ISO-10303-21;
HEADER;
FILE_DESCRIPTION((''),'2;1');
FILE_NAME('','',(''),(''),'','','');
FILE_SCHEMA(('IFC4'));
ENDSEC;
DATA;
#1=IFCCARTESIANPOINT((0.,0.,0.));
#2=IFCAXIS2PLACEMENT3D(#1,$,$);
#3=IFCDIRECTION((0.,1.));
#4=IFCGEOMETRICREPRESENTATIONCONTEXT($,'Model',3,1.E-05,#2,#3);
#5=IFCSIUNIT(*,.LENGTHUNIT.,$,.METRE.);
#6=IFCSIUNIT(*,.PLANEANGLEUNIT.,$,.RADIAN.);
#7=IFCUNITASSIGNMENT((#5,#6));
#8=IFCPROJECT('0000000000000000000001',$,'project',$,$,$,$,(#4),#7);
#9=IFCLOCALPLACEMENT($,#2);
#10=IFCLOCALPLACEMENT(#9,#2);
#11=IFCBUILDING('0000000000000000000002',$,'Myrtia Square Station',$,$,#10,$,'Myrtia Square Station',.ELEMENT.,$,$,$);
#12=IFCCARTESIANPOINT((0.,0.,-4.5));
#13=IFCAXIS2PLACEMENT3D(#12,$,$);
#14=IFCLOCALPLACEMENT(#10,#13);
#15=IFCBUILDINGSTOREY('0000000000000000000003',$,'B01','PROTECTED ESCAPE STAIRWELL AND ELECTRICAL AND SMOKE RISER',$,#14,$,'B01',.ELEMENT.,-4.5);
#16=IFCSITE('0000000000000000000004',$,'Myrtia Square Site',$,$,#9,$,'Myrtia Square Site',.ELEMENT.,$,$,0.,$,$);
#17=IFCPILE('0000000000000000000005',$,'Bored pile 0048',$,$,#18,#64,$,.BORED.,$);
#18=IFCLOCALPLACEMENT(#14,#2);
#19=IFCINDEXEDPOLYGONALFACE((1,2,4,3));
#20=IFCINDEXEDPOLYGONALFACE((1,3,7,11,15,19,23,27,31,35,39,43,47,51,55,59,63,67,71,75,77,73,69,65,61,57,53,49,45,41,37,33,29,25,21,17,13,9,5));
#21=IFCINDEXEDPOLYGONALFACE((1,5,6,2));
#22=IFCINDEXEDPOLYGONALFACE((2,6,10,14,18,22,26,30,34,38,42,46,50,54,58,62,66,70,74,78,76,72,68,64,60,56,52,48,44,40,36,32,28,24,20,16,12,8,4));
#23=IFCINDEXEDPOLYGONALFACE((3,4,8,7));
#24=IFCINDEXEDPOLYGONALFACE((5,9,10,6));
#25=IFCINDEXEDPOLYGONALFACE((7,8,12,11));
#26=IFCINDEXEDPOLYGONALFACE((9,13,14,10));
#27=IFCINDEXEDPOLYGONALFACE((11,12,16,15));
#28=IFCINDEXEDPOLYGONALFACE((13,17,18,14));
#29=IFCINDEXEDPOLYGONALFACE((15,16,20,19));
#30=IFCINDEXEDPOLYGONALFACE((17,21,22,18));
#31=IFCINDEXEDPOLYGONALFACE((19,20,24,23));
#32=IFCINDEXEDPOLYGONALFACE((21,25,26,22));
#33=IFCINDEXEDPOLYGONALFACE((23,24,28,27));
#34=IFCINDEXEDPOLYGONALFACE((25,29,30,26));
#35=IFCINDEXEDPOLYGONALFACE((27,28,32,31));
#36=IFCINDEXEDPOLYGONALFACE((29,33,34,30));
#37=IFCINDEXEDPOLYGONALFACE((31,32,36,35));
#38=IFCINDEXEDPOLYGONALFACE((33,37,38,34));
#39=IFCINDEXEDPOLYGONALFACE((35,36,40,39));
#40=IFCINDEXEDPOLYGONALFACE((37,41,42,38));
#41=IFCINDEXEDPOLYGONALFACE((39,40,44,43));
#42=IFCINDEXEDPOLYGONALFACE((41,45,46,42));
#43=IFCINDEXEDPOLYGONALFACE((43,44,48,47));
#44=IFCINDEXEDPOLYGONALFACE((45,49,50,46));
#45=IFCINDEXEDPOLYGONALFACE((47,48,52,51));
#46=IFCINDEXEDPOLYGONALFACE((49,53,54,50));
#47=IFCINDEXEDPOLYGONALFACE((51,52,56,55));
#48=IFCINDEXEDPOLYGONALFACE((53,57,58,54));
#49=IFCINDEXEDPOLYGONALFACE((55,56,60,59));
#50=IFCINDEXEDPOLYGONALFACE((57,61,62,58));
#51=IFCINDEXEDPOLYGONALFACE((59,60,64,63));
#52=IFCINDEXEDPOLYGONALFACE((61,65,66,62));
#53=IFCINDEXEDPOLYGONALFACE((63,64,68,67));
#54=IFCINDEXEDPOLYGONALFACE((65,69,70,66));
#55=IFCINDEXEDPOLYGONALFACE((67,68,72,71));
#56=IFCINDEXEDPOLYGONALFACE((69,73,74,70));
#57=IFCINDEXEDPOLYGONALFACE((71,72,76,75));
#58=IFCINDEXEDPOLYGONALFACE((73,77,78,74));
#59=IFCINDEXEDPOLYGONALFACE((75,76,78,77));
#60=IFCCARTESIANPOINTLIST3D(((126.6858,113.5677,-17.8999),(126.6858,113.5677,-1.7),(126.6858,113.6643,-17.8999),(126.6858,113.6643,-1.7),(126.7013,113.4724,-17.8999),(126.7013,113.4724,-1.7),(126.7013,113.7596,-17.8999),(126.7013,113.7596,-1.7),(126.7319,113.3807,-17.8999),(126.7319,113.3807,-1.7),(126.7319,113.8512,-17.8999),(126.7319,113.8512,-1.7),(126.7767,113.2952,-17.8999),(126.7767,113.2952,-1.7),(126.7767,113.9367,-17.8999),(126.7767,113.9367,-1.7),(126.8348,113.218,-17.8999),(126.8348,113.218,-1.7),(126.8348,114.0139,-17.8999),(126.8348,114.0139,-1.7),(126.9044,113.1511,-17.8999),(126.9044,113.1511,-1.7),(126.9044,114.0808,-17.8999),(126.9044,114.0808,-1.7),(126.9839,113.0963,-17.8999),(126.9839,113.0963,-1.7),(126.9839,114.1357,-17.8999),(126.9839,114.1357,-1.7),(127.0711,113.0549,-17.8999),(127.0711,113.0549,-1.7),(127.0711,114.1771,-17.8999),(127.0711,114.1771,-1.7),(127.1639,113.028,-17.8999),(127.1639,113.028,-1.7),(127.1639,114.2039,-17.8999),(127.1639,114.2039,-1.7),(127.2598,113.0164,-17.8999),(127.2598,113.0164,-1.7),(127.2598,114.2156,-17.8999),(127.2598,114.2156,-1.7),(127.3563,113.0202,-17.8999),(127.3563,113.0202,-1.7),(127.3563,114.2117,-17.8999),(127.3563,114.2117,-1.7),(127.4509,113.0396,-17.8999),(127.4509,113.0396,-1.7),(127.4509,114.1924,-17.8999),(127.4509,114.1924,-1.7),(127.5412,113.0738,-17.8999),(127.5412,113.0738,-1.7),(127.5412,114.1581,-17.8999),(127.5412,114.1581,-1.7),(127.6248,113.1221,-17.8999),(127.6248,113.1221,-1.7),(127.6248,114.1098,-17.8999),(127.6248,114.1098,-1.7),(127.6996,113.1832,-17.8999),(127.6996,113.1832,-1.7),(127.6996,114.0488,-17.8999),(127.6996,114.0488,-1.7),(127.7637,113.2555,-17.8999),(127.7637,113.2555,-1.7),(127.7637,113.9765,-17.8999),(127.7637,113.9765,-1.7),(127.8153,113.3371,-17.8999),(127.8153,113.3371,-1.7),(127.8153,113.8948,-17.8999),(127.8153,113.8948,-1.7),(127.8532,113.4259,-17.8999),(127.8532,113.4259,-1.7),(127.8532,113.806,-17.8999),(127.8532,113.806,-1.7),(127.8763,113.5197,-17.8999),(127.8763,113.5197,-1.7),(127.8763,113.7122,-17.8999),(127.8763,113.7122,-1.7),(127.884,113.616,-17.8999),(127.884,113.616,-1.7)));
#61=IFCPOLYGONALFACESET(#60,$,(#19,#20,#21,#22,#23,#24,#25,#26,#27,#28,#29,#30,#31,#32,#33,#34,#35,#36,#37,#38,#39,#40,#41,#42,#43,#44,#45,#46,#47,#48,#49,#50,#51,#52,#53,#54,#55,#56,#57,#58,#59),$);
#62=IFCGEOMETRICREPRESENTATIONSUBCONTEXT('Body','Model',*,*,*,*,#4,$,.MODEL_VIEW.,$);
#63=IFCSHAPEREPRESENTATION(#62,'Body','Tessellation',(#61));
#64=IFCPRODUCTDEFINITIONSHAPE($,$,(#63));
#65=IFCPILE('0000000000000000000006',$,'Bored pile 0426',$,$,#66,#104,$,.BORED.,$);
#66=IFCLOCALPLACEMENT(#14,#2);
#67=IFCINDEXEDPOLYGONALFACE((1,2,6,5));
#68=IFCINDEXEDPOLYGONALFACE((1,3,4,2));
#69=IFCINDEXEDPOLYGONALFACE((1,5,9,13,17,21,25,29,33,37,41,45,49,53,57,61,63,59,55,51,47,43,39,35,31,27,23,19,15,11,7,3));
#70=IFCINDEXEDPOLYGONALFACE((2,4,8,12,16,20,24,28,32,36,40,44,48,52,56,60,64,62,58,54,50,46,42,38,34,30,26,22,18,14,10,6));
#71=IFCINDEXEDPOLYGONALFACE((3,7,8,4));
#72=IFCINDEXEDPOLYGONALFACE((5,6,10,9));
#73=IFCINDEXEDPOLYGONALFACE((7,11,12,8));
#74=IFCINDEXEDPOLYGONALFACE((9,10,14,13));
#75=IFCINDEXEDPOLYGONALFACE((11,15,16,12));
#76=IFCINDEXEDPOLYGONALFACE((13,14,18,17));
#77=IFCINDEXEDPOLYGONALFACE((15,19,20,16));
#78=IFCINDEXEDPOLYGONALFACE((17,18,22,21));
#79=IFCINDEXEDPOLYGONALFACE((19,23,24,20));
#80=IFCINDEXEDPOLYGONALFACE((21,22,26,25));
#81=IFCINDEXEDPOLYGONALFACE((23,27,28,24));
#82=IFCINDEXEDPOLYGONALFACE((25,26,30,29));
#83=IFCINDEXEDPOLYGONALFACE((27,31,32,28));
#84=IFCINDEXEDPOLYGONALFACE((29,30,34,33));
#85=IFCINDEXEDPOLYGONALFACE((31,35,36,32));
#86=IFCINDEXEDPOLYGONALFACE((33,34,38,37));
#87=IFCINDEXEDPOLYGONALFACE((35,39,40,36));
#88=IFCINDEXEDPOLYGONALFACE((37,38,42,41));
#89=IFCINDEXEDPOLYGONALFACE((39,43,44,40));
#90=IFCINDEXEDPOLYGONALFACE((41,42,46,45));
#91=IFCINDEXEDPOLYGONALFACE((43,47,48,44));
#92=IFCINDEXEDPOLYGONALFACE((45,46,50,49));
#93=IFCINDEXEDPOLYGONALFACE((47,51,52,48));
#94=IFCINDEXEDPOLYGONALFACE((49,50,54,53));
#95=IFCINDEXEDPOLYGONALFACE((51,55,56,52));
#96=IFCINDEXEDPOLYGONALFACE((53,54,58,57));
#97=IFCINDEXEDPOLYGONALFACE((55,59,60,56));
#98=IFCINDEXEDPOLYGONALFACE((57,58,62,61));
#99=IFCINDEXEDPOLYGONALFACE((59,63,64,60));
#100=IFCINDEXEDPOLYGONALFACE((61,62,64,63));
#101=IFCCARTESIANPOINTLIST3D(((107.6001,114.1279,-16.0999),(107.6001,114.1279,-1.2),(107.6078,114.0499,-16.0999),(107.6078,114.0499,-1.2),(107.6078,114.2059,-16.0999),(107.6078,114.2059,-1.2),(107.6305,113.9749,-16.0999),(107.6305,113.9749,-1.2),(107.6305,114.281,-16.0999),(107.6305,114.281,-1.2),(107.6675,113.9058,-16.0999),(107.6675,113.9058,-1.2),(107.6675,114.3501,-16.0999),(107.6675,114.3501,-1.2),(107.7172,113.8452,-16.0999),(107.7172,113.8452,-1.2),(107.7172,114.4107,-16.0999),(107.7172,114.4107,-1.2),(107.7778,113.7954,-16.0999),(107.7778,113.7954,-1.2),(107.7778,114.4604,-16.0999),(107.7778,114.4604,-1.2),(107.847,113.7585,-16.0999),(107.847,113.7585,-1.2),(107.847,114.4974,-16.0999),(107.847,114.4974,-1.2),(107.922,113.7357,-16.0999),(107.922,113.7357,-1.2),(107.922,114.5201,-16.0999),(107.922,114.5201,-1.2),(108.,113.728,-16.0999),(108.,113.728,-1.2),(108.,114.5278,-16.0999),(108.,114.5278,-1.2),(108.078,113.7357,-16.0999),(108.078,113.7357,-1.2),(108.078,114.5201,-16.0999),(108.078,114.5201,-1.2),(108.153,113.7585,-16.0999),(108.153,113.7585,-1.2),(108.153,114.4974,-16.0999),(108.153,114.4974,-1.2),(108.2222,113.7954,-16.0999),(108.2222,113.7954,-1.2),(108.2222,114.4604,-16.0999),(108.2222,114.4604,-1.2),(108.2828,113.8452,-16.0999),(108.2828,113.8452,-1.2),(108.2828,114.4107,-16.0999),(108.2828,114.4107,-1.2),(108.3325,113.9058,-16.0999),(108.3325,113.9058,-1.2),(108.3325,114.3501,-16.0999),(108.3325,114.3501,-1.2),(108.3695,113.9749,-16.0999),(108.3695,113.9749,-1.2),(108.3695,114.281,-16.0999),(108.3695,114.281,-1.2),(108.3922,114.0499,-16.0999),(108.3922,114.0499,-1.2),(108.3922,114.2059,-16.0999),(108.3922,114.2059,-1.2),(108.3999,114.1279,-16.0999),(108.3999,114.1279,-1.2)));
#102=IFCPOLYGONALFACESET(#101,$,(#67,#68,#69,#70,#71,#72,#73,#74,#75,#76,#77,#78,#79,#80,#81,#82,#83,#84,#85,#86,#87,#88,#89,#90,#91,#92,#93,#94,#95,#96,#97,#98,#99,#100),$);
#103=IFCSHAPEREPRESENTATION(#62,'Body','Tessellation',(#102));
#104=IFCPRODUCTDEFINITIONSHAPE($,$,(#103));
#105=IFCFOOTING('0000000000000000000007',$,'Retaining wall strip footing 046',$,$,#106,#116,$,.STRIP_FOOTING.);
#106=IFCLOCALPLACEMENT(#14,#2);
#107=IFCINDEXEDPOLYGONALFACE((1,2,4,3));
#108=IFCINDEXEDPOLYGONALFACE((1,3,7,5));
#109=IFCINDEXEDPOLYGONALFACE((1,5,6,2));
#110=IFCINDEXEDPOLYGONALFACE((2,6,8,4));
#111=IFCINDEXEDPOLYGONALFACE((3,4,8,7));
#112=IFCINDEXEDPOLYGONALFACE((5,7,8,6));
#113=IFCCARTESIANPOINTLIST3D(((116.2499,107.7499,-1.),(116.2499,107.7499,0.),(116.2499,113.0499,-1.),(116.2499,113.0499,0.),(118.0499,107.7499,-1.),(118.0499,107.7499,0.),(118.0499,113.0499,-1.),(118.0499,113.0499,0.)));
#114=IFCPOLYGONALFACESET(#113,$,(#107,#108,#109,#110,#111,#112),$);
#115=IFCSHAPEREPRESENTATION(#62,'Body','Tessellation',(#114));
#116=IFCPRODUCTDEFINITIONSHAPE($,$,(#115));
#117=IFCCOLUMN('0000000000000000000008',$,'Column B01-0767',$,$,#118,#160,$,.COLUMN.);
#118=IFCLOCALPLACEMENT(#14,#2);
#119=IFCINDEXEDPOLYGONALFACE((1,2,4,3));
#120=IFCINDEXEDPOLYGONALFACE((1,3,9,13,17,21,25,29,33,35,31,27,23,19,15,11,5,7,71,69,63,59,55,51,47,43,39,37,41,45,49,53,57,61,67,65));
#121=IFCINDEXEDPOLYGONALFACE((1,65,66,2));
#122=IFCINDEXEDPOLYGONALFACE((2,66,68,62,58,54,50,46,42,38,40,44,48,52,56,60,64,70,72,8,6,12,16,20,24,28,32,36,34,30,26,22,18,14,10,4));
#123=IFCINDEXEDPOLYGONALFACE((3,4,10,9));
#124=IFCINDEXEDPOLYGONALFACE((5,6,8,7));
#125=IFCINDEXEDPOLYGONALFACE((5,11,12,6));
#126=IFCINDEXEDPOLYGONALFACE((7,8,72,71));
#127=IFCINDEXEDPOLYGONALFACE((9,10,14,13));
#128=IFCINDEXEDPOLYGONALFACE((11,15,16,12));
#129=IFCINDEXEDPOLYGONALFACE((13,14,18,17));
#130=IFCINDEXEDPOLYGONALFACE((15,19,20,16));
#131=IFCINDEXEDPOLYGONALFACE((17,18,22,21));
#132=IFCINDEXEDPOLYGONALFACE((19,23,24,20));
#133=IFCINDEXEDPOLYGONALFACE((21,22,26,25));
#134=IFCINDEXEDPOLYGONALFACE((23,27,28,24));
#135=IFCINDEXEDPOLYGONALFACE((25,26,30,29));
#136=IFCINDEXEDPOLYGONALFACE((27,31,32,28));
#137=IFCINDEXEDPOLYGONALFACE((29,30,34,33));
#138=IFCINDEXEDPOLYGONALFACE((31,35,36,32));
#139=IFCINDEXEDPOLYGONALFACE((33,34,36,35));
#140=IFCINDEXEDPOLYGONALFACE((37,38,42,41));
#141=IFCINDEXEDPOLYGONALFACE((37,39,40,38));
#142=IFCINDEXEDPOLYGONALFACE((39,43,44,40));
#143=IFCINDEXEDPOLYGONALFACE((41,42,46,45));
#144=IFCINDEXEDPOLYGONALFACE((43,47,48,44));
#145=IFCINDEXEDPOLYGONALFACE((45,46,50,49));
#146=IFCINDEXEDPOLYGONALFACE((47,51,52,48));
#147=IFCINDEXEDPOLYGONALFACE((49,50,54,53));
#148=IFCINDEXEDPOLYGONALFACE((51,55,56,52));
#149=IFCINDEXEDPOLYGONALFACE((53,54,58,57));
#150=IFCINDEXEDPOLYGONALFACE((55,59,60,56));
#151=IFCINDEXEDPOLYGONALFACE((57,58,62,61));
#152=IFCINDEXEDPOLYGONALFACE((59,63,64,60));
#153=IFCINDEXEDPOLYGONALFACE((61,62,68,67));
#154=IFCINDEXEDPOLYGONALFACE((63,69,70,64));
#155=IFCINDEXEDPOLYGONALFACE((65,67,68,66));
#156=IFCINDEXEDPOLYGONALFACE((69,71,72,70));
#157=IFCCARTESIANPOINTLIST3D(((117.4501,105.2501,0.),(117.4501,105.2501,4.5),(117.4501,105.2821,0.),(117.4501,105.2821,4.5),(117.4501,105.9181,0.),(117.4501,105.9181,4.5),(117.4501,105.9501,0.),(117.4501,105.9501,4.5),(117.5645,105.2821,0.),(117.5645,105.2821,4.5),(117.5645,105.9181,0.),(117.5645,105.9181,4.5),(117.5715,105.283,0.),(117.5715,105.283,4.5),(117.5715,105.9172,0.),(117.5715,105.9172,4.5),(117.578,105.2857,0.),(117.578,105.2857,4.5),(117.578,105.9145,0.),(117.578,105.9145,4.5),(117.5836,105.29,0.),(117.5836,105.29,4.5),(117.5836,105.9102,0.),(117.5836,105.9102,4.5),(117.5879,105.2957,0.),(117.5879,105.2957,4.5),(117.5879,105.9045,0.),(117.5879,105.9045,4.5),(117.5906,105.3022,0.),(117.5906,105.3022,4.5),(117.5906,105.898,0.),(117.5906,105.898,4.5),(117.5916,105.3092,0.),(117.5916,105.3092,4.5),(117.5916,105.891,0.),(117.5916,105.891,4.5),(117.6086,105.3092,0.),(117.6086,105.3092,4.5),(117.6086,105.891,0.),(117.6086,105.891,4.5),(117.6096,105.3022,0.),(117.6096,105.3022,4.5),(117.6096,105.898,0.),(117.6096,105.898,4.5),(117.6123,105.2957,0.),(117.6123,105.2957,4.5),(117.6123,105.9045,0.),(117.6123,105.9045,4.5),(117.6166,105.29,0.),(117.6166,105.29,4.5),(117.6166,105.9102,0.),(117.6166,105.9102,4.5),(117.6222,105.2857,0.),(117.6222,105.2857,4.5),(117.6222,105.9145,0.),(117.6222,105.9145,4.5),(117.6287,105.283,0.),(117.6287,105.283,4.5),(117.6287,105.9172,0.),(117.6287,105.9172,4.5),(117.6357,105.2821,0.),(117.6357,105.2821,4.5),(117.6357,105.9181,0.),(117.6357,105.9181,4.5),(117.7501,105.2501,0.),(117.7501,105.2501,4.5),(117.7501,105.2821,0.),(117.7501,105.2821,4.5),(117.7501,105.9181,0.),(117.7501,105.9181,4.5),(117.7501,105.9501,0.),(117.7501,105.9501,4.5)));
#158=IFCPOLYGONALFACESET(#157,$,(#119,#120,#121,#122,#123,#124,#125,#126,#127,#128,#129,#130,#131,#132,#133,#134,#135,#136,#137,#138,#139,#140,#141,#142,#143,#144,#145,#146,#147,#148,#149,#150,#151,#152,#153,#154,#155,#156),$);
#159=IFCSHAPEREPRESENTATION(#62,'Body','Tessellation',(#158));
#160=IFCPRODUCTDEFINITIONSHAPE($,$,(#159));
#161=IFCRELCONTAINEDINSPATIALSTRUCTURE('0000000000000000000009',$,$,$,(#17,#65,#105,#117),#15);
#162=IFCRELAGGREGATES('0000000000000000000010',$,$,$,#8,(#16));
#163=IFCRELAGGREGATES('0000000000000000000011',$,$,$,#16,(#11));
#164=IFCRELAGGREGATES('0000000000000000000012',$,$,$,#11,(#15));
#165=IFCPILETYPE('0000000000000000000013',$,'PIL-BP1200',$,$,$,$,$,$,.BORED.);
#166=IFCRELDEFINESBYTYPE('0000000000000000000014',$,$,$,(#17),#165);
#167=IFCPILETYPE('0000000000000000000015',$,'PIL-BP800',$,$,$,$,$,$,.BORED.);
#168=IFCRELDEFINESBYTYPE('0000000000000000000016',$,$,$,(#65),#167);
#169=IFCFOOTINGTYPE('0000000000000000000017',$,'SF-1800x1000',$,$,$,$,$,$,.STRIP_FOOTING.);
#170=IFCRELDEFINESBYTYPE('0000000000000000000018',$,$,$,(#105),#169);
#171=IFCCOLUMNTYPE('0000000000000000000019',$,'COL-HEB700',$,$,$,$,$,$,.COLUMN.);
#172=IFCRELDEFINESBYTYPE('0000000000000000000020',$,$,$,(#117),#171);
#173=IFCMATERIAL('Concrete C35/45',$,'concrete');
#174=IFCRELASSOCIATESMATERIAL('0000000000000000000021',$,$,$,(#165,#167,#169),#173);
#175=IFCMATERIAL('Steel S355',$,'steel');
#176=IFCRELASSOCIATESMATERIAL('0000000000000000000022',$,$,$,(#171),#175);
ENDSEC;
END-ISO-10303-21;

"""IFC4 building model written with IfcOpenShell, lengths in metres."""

from ifc_helpers import new_model, si_unit, direction, frame, origin, origin_2d, place, context, subcontext, project, spatial, rectangle, circle, i_section, extrude, material, material_profile, profile_set, type_object, element, save


model = new_model("IFC4")

# Units and contexts
model_context = context("Model", 3, precision=1e-05, world=origin(), true_north=direction((0.0, 1.0)))
body_context = subcontext(model_context, "Body", "Model", "MODEL_VIEW")
ifc_project = project(units=[si_unit("LENGTHUNIT", "METRE"), si_unit("PLANEANGLEUNIT", "RADIAN")], contexts=[model_context])

# Site, building, storey
site_placement = place(None, origin())
site = spatial("IfcSite", under=ifc_project, at=site_placement, Name="Myrtia Square Site", LongName="Myrtia Square Site", CompositionType="ELEMENT", RefElevation=0.0)
building_placement = place(site_placement, origin())
building = spatial("IfcBuilding", under=site, at=building_placement, Name="Myrtia Square Station", LongName="Myrtia Square Station", CompositionType="ELEMENT")
storey_placement = place(building_placement, frame((0.0, 0.0, -4.5)))
storey = spatial("IfcBuildingStorey", under=building, at=storey_placement, Name="B01", Description="PROTECTED ESCAPE STAIRWELL AND ELECTRICAL AND SMOKE RISER", LongName="B01", CompositionType="ELEMENT", Elevation=-4.5)

# Shared definitions
ifc_material_1 = material(Name="Concrete C35/45", Category="concrete")

# Piles
ifc_material_profile_1 = material_profile(ifc_material_1, circle(Radius=0.6001, at=origin_2d()), Name="BP D1200")
ifc_profile_set_1 = profile_set([ifc_material_profile_1], Name="Concrete C35/45")
pile_type_1 = type_object("IfcPileType", Name="PIL-BP1200", PredefinedType="BORED", material=ifc_profile_set_1)
for number, where, z_axis, x_axis, name in (
    (1, (127.2839, 113.616, -1.7), (0.0, 0.0, -1.0), (1.0, 0.0, 0.0), "Bored pile 0048"),
):
    element("IfcPile", number, at=place(storey_placement, frame(where, z_axis=z_axis, x_axis=x_axis)), inside=storey, type_object=pile_type_1, Name=name, PredefinedType="BORED", context=body_context, shape_type="SweptSolid", body=[
        extrude(circle(Radius=0.6001, at=origin_2d()), origin(), (0.0, 0.0, 1.0), 16.2),
    ])
ifc_material_profile_2 = material_profile(ifc_material_1, circle(Radius=0.3999, at=origin_2d()), Name="BP D800")
ifc_profile_set_2 = profile_set([ifc_material_profile_2], Name="Concrete C35/45")
pile_type_2 = type_object("IfcPileType", Name="PIL-BP800", PredefinedType="BORED", material=ifc_profile_set_2)
pile_placement = place(storey_placement, frame((108.0, 114.1279, -1.2), z_axis=(0.0, 0.0, -1.0), x_axis=(1.0, 0.0, 0.0)))
element("IfcPile", 2, at=pile_placement, inside=storey, type_object=pile_type_2, Name="Bored pile 0426", PredefinedType="BORED", context=body_context, shape_type="SweptSolid", body=[
    extrude(circle(Radius=0.3999, at=origin_2d()), origin(), (0.0, 0.0, 1.0), 14.8999),
])

# Footing
footing_type_1 = type_object("IfcFootingType", Name="SF-1800x1000", PredefinedType="STRIP_FOOTING", material=ifc_material_1)
footing_1_placement = place(storey_placement, frame((117.1499, 110.3999, -1.0), z_axis=(0.0, 0.0, 1.0), x_axis=(1.0, 0.0, 0.0)))
element("IfcFooting", 3, at=footing_1_placement, inside=storey, type_object=footing_type_1, Name="Retaining wall strip footing 046", PredefinedType="STRIP_FOOTING", context=body_context, shape_type="SweptSolid", body=[
    extrude(rectangle(XDim=1.8, YDim=5.3, at=origin_2d()), origin(), (0.0, 0.0, 1.0), 1.0),
])

# Column
ifc_material_2 = material(Name="Steel S355", Category="steel")
ifc_material_profile_3 = material_profile(ifc_material_2, i_section(OverallWidth=0.3, OverallDepth=0.7, WebThickness=0.0171, FlangeThickness=0.032, FilletRadius=0.0271, at=origin_2d()), Name="HEB 700")
ifc_profile_set_3 = profile_set([ifc_material_profile_3], Name="Steel S355")
column_type_1 = type_object("IfcColumnType", Name="COL-HEB700", PredefinedType="COLUMN", material=ifc_profile_set_3)
for number, where, z_axis, x_axis, name in (
    (4, (117.6001, 105.6001, 0.0), (0.0, 0.0, 1.0), (1.0, 0.0, 0.0), "Column B01-0767"),
):
    element("IfcColumn", number, at=place(storey_placement, frame(where, z_axis=z_axis, x_axis=x_axis)), inside=storey, type_object=column_type_1, Name=name, PredefinedType="COLUMN", context=body_context, shape_type="SweptSolid", body=[
        extrude(i_section(OverallWidth=0.3, OverallDepth=0.7, WebThickness=0.0171, FlangeThickness=0.032, FilletRadius=0.0271, at=origin_2d()), origin(), (0.0, 0.0, 1.0), 4.5),
    ])

save(model, "model.ifc")
